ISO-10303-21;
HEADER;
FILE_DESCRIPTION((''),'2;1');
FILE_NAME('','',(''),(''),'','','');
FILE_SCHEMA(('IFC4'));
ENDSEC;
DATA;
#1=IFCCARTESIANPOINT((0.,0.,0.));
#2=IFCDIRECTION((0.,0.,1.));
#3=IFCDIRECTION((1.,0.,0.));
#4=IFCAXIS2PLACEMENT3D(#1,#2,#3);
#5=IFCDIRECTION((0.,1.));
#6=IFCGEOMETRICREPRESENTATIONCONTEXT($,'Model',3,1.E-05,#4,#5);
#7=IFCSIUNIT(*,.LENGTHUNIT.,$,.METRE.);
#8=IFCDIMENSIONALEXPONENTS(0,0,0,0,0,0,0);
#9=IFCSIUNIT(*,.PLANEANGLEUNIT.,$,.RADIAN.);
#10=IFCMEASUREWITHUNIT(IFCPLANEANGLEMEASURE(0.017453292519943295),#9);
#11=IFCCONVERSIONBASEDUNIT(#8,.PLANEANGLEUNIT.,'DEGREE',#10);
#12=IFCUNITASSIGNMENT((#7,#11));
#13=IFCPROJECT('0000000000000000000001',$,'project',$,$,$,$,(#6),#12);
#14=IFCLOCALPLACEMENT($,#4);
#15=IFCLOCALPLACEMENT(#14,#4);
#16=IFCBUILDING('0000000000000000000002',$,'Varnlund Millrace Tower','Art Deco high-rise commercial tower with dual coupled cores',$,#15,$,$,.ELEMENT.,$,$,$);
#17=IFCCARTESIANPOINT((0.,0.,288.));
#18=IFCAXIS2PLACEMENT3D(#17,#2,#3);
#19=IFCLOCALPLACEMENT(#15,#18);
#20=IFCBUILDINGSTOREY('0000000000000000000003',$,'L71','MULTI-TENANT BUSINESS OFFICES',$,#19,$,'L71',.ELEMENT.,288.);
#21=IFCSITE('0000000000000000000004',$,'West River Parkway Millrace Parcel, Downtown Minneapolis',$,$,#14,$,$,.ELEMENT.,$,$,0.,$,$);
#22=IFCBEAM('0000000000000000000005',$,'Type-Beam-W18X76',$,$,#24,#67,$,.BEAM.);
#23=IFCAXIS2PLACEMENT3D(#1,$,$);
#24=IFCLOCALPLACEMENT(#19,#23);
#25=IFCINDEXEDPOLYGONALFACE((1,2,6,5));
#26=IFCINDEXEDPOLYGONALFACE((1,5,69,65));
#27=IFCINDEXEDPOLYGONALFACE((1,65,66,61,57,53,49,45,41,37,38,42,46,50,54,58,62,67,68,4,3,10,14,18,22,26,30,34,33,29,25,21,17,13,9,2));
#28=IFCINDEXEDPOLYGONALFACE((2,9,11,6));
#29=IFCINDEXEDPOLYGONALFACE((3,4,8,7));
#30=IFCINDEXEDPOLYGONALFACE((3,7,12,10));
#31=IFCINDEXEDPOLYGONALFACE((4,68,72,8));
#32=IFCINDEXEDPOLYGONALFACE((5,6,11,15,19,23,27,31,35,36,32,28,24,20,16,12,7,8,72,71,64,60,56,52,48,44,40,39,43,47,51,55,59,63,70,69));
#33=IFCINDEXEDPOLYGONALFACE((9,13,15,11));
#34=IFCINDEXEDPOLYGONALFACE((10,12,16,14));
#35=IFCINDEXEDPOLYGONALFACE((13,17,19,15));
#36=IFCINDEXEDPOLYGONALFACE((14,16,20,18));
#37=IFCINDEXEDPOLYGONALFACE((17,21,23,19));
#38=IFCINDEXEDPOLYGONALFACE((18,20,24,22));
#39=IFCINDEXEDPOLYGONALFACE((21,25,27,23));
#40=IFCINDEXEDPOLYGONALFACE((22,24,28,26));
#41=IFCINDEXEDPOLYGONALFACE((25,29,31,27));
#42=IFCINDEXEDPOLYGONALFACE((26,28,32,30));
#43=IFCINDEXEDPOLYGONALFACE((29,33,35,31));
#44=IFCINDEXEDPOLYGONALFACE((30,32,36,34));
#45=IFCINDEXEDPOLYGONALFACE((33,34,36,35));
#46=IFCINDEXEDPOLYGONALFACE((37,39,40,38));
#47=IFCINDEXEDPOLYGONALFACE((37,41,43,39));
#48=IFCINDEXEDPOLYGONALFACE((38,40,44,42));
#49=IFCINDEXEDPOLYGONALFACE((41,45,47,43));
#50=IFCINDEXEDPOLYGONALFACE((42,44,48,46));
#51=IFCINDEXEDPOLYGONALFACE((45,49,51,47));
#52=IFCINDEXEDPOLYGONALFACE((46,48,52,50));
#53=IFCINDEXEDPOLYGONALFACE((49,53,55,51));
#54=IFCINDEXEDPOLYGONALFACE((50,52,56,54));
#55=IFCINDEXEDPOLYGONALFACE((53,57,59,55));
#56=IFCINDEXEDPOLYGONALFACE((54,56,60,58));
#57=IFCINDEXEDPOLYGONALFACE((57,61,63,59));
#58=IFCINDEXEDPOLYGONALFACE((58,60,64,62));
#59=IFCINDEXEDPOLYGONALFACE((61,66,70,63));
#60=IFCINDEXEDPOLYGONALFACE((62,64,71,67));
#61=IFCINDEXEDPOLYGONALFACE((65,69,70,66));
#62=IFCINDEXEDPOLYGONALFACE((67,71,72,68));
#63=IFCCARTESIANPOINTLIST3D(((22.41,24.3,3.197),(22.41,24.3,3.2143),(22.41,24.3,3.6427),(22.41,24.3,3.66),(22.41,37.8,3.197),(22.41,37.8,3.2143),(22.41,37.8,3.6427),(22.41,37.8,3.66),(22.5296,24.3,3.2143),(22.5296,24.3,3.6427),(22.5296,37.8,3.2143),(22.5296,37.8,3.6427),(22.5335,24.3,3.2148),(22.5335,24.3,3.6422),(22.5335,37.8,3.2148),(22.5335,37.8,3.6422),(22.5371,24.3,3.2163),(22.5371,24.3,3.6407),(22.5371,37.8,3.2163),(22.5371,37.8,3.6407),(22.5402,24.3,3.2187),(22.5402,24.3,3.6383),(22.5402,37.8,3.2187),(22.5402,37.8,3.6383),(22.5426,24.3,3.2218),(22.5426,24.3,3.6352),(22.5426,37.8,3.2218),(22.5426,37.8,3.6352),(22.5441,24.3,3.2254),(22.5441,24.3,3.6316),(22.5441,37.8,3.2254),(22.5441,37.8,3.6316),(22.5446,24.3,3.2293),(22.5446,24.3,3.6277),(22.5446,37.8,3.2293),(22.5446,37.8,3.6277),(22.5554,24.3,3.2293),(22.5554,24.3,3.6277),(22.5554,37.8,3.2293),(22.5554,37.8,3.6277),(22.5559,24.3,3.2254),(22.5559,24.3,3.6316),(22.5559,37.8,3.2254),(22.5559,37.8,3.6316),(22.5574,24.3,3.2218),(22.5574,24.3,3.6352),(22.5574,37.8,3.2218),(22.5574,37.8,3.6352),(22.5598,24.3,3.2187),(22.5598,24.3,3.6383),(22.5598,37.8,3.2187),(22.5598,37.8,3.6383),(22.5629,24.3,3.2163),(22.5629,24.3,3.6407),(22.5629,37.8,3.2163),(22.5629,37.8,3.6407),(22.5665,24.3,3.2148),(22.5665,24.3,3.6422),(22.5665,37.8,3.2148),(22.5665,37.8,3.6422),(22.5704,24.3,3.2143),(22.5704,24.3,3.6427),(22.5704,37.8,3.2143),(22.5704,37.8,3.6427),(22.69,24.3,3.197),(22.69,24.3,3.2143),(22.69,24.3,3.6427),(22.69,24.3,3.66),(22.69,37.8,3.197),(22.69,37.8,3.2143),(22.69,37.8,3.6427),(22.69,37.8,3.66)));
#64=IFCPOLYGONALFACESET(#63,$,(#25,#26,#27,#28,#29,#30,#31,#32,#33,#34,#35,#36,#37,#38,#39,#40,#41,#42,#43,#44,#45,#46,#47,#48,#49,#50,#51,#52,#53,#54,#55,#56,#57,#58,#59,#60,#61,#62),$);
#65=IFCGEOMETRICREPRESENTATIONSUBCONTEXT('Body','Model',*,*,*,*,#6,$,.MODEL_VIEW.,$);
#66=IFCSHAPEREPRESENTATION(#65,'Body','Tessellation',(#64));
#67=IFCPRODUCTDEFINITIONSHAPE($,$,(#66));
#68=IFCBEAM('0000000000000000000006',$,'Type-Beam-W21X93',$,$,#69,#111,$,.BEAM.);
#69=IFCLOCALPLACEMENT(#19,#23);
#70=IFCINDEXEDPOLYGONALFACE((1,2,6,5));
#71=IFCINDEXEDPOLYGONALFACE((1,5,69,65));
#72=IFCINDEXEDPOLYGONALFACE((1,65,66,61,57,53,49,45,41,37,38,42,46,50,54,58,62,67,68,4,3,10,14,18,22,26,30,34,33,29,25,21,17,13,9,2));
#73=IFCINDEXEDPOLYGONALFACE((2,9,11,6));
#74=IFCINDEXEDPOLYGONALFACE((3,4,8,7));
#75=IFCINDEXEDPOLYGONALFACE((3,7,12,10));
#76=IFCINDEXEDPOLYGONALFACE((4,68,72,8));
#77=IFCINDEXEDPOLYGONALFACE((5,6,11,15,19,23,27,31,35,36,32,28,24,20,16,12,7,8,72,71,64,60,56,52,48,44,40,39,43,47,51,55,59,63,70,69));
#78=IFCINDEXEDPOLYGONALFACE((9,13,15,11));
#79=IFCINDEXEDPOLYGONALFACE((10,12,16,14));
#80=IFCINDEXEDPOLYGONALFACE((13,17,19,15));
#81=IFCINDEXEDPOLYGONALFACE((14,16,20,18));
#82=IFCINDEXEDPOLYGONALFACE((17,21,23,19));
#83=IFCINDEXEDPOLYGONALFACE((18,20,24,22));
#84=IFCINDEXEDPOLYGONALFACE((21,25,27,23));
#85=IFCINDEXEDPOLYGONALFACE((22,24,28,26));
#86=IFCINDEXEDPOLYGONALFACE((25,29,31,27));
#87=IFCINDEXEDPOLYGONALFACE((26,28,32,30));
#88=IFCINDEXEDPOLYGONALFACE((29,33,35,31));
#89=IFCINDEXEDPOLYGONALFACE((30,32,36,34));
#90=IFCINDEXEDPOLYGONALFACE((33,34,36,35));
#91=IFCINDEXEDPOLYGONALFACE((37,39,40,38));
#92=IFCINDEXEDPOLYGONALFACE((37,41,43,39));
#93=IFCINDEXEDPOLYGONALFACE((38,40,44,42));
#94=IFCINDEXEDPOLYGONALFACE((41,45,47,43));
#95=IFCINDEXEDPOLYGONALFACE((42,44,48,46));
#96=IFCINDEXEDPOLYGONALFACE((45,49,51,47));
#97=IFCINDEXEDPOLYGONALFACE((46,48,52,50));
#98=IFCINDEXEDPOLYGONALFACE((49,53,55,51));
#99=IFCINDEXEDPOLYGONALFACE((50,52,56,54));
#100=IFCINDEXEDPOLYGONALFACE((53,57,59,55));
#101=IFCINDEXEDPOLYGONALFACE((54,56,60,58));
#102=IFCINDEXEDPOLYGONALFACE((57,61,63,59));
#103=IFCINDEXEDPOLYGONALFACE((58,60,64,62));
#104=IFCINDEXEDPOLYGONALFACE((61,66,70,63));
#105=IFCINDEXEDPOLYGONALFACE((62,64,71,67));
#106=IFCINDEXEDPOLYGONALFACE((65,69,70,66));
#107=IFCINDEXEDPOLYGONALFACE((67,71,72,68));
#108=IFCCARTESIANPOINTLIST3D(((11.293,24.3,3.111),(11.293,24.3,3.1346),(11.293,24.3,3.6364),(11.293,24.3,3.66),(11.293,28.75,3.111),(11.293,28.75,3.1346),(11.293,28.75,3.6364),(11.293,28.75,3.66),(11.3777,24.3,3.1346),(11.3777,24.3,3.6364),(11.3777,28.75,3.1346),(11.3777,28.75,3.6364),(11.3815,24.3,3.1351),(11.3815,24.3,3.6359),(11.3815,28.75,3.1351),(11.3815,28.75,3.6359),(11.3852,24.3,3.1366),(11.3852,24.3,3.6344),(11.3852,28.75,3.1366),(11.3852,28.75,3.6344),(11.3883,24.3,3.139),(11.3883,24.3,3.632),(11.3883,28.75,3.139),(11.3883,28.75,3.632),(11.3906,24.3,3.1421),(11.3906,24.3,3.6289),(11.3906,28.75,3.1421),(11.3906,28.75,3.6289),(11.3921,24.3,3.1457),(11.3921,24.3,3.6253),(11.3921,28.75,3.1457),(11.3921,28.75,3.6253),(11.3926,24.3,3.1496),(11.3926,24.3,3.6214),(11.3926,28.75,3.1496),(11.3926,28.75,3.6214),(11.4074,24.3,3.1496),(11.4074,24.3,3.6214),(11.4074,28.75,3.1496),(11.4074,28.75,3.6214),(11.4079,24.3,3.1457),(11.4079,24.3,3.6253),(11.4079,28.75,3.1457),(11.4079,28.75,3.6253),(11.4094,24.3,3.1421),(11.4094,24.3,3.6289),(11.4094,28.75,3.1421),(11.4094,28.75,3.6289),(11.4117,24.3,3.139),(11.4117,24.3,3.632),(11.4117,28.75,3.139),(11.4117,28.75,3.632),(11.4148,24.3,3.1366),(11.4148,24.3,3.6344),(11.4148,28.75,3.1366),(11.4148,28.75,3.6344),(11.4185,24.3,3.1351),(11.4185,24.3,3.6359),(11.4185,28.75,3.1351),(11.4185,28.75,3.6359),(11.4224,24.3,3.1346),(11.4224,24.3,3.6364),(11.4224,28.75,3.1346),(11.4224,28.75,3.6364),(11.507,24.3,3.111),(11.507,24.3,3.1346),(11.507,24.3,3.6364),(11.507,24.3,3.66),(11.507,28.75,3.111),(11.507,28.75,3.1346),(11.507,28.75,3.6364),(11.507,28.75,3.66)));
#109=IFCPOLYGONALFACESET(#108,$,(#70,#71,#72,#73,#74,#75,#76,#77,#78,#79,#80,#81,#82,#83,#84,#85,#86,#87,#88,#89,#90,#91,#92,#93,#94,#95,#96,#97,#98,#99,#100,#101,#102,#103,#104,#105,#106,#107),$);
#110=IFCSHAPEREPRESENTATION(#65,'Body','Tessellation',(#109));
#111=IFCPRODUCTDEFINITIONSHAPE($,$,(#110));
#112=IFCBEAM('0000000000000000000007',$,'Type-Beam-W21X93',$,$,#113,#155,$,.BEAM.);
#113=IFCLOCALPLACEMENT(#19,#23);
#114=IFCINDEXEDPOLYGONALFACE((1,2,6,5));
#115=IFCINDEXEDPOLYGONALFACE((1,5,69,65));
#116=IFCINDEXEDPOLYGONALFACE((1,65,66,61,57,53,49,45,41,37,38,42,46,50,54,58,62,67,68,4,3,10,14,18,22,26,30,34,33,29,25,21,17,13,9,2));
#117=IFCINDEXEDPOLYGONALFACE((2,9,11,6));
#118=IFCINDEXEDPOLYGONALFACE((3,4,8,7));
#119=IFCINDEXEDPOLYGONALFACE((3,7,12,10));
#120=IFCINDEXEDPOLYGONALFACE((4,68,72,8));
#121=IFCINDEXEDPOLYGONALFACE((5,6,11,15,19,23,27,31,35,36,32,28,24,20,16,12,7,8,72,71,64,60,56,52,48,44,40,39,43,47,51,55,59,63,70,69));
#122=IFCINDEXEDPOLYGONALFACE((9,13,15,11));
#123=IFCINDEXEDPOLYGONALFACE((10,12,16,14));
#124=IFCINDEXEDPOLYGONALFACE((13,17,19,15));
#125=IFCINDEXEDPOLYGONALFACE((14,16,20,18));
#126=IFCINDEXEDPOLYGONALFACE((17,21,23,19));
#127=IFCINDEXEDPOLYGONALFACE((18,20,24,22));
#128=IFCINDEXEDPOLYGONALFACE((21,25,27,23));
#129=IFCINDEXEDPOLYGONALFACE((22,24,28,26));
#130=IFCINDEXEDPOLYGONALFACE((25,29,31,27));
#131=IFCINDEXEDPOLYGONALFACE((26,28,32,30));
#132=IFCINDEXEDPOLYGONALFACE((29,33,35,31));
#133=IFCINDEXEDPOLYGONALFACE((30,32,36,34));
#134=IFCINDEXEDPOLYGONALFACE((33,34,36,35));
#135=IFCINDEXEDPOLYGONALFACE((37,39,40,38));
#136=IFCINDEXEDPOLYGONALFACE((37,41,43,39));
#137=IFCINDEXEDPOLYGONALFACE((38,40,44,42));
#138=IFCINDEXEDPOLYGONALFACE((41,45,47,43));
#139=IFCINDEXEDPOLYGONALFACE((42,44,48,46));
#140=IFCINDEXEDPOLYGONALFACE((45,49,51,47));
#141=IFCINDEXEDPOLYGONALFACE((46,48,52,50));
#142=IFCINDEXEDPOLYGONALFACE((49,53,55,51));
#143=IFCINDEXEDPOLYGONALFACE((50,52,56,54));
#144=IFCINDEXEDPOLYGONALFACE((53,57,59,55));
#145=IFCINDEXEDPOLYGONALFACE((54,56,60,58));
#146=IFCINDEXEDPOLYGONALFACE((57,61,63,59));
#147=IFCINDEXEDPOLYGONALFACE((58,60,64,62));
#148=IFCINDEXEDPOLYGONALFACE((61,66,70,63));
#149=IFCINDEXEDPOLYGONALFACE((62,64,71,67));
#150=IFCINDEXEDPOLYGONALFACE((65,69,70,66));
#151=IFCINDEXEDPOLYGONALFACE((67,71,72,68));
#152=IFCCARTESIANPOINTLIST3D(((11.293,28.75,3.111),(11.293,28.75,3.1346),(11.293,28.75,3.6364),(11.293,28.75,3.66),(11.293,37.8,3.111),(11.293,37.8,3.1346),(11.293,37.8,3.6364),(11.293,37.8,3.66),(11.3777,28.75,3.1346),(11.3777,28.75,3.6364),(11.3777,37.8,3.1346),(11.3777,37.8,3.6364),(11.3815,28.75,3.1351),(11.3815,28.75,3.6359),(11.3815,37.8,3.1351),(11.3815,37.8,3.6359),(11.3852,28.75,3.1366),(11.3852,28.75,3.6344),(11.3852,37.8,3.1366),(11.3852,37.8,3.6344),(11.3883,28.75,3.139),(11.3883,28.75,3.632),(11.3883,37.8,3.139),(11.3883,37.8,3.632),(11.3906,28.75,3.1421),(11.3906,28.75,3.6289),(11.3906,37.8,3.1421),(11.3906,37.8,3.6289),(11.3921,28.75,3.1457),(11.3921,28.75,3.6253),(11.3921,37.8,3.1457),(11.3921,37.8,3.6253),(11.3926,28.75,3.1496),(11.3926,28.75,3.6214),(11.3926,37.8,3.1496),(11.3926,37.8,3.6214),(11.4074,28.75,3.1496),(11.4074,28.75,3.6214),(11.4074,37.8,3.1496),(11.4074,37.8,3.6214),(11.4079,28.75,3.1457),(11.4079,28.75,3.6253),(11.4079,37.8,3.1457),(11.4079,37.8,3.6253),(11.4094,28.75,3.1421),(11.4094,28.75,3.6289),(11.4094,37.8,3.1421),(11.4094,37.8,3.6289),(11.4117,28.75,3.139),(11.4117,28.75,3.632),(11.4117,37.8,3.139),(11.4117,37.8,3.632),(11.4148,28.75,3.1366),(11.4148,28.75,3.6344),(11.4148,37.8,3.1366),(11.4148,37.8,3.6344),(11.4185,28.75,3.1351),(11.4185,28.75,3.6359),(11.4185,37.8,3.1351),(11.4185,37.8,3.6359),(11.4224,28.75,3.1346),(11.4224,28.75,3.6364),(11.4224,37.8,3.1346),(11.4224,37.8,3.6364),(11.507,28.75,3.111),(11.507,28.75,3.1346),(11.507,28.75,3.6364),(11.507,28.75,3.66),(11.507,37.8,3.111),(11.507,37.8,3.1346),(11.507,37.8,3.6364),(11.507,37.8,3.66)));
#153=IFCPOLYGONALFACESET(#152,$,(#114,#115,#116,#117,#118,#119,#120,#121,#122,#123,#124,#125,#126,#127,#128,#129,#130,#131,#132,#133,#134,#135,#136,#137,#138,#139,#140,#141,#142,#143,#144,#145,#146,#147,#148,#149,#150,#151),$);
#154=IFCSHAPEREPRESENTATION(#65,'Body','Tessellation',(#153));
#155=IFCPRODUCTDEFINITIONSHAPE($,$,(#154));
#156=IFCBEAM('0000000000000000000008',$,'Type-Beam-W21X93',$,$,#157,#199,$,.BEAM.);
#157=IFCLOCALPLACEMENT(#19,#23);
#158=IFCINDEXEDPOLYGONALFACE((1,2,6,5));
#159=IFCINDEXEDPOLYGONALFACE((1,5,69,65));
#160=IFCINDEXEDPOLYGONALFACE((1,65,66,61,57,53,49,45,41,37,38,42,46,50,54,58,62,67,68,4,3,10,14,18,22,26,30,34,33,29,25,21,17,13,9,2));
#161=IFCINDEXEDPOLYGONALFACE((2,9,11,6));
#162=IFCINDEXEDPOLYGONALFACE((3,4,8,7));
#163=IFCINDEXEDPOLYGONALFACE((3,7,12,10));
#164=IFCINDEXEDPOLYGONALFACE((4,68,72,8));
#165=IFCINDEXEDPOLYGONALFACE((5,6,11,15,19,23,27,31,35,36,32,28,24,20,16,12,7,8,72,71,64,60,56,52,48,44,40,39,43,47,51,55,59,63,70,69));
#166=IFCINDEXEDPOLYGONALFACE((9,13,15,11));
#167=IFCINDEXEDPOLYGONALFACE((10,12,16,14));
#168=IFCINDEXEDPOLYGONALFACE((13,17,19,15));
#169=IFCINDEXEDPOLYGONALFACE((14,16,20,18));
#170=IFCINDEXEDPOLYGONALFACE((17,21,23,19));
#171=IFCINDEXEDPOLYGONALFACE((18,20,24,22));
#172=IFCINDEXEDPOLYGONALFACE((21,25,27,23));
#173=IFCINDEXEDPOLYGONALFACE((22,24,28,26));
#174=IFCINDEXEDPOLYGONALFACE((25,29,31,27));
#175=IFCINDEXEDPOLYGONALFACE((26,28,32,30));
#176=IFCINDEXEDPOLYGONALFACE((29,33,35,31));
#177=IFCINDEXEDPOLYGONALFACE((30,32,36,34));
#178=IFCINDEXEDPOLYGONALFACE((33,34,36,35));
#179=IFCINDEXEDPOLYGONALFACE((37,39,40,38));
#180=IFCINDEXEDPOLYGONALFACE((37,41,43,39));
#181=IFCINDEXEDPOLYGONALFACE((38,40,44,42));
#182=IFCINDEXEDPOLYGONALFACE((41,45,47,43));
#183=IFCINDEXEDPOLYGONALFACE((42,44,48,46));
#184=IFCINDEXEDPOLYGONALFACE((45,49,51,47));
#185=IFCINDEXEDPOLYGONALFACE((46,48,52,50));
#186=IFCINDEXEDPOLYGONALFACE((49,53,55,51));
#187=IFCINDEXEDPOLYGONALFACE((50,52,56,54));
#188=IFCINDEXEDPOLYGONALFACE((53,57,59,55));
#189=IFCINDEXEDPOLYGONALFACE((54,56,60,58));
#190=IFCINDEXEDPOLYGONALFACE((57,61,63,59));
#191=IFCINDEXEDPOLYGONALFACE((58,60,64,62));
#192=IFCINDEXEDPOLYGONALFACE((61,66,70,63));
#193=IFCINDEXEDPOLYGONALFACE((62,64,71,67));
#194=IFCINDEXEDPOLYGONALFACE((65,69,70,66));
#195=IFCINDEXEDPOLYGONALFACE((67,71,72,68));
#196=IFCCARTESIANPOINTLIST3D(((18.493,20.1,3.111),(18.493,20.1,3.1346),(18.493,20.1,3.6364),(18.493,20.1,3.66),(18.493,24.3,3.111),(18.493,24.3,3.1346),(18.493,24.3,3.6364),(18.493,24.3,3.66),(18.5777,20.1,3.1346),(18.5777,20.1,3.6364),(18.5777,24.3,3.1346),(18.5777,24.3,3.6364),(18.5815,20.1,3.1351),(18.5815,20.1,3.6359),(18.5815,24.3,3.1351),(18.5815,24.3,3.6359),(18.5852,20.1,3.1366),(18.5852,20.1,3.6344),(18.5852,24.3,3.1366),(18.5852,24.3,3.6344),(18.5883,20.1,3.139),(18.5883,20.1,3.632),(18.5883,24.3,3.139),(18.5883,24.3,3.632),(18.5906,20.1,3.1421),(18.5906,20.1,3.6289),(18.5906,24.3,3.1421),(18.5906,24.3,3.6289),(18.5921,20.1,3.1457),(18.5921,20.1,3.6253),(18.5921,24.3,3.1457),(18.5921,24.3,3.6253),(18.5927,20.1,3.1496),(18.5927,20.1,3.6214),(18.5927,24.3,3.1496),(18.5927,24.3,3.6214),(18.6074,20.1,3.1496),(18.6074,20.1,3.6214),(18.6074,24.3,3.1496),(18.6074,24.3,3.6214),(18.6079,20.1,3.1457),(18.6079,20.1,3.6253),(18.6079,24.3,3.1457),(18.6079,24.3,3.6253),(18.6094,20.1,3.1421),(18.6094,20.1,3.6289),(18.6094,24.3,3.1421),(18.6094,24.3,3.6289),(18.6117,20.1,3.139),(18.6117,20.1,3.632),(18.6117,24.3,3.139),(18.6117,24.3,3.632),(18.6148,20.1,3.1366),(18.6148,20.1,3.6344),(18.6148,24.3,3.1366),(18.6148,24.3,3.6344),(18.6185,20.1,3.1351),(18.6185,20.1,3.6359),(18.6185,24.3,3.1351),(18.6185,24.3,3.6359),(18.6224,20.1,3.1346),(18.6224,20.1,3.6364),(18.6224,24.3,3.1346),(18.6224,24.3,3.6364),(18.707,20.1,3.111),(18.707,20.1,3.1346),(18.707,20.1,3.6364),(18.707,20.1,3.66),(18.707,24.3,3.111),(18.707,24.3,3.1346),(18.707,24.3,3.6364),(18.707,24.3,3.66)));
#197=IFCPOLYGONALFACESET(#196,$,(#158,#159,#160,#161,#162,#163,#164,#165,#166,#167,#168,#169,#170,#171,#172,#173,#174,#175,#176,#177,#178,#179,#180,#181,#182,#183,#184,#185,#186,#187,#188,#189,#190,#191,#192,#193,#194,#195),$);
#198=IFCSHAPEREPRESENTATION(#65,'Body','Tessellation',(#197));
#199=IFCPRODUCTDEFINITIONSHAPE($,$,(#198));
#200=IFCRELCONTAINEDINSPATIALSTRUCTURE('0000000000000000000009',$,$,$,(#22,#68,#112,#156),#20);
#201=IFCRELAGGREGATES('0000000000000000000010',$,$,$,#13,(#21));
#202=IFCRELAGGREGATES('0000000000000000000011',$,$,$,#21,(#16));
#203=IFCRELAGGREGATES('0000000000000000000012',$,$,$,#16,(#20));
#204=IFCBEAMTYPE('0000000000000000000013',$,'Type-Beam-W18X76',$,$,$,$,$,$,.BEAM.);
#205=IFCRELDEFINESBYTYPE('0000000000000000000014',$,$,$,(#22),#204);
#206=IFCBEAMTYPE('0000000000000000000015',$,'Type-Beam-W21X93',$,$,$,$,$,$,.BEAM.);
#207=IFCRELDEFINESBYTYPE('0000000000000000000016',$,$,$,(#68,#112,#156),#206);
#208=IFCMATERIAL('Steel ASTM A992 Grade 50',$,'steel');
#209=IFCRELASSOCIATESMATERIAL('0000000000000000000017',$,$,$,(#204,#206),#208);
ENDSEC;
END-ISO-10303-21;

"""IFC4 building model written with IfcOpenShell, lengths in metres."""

from ifc_helpers import new_model, entity, si_unit, converted_unit, direction, frame, origin_with_axes, origin_2d_with_axis, place, context, subcontext, project, spatial, i_section, extrude, material, material_profile, profile_set, type_object, element, save


model = new_model("IFC4")

# Units and contexts
model_context = context("Model", 3, precision=1e-05, world=origin_with_axes(), true_north=direction((0.0, 1.0)))
body_context = subcontext(model_context, "Body", "Model", "MODEL_VIEW")
ifc_project = project(units=[si_unit("LENGTHUNIT", "METRE"), converted_unit("PLANEANGLEUNIT", "DEGREE", entity("IfcPlaneAngleMeasure", 0.017453292519943295), si_unit("PLANEANGLEUNIT", "RADIAN"), dimensions=[0, 0, 0, 0, 0, 0, 0])], contexts=[model_context])

# Site, building, storey
site_placement = place(None, origin_with_axes())
site = spatial("IfcSite", under=ifc_project, at=site_placement, Name="West River Parkway Millrace Parcel, Downtown Minneapolis", CompositionType="ELEMENT", RefElevation=0.0)
building_placement = place(site_placement, origin_with_axes())
building = spatial("IfcBuilding", under=site, at=building_placement, Name="Varnlund Millrace Tower", Description="Art Deco high-rise commercial tower with dual coupled cores", CompositionType="ELEMENT")
storey_placement = place(building_placement, frame((0.0, 0.0, 288.0), z_axis=(0.0, 0.0, 1.0), x_axis=(1.0, 0.0, 0.0)))
storey = spatial("IfcBuildingStorey", under=building, at=storey_placement, Name="L71", Description="MULTI-TENANT BUSINESS OFFICES", LongName="L71", CompositionType="ELEMENT", Elevation=288.0)

# Beams
ifc_material_1 = material(Name="Steel ASTM A992 Grade 50", Category="steel")
ifc_material_profile_1 = material_profile(ifc_material_1, i_section(OverallWidth=0.28, OverallDepth=0.463, WebThickness=0.0108, FlangeThickness=0.0173, FilletRadius=0.015, at=origin_2d_with_axis()), Name="Steel ASTM A992 Grade 50")
ifc_profile_set_1 = profile_set([ifc_material_profile_1], Name="Steel ASTM A992 Grade 50")
beam_type_1 = type_object("IfcBeamType", Name="Type-Beam-W18X76", PredefinedType="BEAM", material=ifc_profile_set_1)
beam_1_placement = place(storey_placement, frame((22.55, 24.3, 3.4285), z_axis=(0.0, 1.0, 0.0), x_axis=(-1.0, 0.0, 0.0)))
element("IfcBeam", 1, at=beam_1_placement, inside=storey, type_object=beam_type_1, Name="Type-Beam-W18X76", PredefinedType="BEAM", context=body_context, shape_type="SweptSolid", body=[
    extrude(i_section(OverallWidth=0.28, OverallDepth=0.463, WebThickness=0.0108, FlangeThickness=0.0173, FilletRadius=0.015, at=origin_2d_with_axis()), origin_with_axes(), (0.0, 0.0, 1.0), 13.5),
])
ifc_material_profile_2 = material_profile(ifc_material_1, i_section(OverallWidth=0.214, OverallDepth=0.549, WebThickness=0.0147, FlangeThickness=0.0236, FilletRadius=0.015, at=origin_2d_with_axis()), Name="Steel ASTM A992 Grade 50")
ifc_profile_set_2 = profile_set([ifc_material_profile_2], Name="Steel ASTM A992 Grade 50")
beam_type_2 = type_object("IfcBeamType", Name="Type-Beam-W21X93", PredefinedType="BEAM", material=ifc_profile_set_2)
beam_2_placement = place(storey_placement, frame((11.4, 24.3, 3.3855), z_axis=(0.0, 1.0, 0.0), x_axis=(-1.0, 0.0, 0.0)))
element("IfcBeam", 2, at=beam_2_placement, inside=storey, type_object=beam_type_2, Name="Type-Beam-W21X93", PredefinedType="BEAM", context=body_context, shape_type="SweptSolid", body=[
    extrude(i_section(OverallWidth=0.214, OverallDepth=0.549, WebThickness=0.0147, FlangeThickness=0.0236, FilletRadius=0.015, at=origin_2d_with_axis()), origin_with_axes(), (0.0, 0.0, 1.0), 4.45),
])
beam_3_placement = place(storey_placement, frame((11.4, 28.75, 3.3855), z_axis=(0.0, 1.0, 0.0), x_axis=(-1.0, 0.0, 0.0)))
element("IfcBeam", 3, at=beam_3_placement, inside=storey, type_object=beam_type_2, Name="Type-Beam-W21X93", PredefinedType="BEAM", context=body_context, shape_type="SweptSolid", body=[
    extrude(i_section(OverallWidth=0.214, OverallDepth=0.549, WebThickness=0.0147, FlangeThickness=0.0236, FilletRadius=0.015, at=origin_2d_with_axis()), origin_with_axes(), (0.0, 0.0, 1.0), 9.05),
])
beam_4_placement = place(storey_placement, frame((18.6, 20.1, 3.3855), z_axis=(0.0, 1.0, 0.0), x_axis=(-1.0, 0.0, 0.0)))
element("IfcBeam", 4, at=beam_4_placement, inside=storey, type_object=beam_type_2, Name="Type-Beam-W21X93", PredefinedType="BEAM", context=body_context, shape_type="SweptSolid", body=[
    extrude(i_section(OverallWidth=0.214, OverallDepth=0.549, WebThickness=0.0147, FlangeThickness=0.0236, FilletRadius=0.015, at=origin_2d_with_axis()), origin_with_axes(), (0.0, 0.0, 1.0), 4.2),
])

save(model, "model.ifc")
